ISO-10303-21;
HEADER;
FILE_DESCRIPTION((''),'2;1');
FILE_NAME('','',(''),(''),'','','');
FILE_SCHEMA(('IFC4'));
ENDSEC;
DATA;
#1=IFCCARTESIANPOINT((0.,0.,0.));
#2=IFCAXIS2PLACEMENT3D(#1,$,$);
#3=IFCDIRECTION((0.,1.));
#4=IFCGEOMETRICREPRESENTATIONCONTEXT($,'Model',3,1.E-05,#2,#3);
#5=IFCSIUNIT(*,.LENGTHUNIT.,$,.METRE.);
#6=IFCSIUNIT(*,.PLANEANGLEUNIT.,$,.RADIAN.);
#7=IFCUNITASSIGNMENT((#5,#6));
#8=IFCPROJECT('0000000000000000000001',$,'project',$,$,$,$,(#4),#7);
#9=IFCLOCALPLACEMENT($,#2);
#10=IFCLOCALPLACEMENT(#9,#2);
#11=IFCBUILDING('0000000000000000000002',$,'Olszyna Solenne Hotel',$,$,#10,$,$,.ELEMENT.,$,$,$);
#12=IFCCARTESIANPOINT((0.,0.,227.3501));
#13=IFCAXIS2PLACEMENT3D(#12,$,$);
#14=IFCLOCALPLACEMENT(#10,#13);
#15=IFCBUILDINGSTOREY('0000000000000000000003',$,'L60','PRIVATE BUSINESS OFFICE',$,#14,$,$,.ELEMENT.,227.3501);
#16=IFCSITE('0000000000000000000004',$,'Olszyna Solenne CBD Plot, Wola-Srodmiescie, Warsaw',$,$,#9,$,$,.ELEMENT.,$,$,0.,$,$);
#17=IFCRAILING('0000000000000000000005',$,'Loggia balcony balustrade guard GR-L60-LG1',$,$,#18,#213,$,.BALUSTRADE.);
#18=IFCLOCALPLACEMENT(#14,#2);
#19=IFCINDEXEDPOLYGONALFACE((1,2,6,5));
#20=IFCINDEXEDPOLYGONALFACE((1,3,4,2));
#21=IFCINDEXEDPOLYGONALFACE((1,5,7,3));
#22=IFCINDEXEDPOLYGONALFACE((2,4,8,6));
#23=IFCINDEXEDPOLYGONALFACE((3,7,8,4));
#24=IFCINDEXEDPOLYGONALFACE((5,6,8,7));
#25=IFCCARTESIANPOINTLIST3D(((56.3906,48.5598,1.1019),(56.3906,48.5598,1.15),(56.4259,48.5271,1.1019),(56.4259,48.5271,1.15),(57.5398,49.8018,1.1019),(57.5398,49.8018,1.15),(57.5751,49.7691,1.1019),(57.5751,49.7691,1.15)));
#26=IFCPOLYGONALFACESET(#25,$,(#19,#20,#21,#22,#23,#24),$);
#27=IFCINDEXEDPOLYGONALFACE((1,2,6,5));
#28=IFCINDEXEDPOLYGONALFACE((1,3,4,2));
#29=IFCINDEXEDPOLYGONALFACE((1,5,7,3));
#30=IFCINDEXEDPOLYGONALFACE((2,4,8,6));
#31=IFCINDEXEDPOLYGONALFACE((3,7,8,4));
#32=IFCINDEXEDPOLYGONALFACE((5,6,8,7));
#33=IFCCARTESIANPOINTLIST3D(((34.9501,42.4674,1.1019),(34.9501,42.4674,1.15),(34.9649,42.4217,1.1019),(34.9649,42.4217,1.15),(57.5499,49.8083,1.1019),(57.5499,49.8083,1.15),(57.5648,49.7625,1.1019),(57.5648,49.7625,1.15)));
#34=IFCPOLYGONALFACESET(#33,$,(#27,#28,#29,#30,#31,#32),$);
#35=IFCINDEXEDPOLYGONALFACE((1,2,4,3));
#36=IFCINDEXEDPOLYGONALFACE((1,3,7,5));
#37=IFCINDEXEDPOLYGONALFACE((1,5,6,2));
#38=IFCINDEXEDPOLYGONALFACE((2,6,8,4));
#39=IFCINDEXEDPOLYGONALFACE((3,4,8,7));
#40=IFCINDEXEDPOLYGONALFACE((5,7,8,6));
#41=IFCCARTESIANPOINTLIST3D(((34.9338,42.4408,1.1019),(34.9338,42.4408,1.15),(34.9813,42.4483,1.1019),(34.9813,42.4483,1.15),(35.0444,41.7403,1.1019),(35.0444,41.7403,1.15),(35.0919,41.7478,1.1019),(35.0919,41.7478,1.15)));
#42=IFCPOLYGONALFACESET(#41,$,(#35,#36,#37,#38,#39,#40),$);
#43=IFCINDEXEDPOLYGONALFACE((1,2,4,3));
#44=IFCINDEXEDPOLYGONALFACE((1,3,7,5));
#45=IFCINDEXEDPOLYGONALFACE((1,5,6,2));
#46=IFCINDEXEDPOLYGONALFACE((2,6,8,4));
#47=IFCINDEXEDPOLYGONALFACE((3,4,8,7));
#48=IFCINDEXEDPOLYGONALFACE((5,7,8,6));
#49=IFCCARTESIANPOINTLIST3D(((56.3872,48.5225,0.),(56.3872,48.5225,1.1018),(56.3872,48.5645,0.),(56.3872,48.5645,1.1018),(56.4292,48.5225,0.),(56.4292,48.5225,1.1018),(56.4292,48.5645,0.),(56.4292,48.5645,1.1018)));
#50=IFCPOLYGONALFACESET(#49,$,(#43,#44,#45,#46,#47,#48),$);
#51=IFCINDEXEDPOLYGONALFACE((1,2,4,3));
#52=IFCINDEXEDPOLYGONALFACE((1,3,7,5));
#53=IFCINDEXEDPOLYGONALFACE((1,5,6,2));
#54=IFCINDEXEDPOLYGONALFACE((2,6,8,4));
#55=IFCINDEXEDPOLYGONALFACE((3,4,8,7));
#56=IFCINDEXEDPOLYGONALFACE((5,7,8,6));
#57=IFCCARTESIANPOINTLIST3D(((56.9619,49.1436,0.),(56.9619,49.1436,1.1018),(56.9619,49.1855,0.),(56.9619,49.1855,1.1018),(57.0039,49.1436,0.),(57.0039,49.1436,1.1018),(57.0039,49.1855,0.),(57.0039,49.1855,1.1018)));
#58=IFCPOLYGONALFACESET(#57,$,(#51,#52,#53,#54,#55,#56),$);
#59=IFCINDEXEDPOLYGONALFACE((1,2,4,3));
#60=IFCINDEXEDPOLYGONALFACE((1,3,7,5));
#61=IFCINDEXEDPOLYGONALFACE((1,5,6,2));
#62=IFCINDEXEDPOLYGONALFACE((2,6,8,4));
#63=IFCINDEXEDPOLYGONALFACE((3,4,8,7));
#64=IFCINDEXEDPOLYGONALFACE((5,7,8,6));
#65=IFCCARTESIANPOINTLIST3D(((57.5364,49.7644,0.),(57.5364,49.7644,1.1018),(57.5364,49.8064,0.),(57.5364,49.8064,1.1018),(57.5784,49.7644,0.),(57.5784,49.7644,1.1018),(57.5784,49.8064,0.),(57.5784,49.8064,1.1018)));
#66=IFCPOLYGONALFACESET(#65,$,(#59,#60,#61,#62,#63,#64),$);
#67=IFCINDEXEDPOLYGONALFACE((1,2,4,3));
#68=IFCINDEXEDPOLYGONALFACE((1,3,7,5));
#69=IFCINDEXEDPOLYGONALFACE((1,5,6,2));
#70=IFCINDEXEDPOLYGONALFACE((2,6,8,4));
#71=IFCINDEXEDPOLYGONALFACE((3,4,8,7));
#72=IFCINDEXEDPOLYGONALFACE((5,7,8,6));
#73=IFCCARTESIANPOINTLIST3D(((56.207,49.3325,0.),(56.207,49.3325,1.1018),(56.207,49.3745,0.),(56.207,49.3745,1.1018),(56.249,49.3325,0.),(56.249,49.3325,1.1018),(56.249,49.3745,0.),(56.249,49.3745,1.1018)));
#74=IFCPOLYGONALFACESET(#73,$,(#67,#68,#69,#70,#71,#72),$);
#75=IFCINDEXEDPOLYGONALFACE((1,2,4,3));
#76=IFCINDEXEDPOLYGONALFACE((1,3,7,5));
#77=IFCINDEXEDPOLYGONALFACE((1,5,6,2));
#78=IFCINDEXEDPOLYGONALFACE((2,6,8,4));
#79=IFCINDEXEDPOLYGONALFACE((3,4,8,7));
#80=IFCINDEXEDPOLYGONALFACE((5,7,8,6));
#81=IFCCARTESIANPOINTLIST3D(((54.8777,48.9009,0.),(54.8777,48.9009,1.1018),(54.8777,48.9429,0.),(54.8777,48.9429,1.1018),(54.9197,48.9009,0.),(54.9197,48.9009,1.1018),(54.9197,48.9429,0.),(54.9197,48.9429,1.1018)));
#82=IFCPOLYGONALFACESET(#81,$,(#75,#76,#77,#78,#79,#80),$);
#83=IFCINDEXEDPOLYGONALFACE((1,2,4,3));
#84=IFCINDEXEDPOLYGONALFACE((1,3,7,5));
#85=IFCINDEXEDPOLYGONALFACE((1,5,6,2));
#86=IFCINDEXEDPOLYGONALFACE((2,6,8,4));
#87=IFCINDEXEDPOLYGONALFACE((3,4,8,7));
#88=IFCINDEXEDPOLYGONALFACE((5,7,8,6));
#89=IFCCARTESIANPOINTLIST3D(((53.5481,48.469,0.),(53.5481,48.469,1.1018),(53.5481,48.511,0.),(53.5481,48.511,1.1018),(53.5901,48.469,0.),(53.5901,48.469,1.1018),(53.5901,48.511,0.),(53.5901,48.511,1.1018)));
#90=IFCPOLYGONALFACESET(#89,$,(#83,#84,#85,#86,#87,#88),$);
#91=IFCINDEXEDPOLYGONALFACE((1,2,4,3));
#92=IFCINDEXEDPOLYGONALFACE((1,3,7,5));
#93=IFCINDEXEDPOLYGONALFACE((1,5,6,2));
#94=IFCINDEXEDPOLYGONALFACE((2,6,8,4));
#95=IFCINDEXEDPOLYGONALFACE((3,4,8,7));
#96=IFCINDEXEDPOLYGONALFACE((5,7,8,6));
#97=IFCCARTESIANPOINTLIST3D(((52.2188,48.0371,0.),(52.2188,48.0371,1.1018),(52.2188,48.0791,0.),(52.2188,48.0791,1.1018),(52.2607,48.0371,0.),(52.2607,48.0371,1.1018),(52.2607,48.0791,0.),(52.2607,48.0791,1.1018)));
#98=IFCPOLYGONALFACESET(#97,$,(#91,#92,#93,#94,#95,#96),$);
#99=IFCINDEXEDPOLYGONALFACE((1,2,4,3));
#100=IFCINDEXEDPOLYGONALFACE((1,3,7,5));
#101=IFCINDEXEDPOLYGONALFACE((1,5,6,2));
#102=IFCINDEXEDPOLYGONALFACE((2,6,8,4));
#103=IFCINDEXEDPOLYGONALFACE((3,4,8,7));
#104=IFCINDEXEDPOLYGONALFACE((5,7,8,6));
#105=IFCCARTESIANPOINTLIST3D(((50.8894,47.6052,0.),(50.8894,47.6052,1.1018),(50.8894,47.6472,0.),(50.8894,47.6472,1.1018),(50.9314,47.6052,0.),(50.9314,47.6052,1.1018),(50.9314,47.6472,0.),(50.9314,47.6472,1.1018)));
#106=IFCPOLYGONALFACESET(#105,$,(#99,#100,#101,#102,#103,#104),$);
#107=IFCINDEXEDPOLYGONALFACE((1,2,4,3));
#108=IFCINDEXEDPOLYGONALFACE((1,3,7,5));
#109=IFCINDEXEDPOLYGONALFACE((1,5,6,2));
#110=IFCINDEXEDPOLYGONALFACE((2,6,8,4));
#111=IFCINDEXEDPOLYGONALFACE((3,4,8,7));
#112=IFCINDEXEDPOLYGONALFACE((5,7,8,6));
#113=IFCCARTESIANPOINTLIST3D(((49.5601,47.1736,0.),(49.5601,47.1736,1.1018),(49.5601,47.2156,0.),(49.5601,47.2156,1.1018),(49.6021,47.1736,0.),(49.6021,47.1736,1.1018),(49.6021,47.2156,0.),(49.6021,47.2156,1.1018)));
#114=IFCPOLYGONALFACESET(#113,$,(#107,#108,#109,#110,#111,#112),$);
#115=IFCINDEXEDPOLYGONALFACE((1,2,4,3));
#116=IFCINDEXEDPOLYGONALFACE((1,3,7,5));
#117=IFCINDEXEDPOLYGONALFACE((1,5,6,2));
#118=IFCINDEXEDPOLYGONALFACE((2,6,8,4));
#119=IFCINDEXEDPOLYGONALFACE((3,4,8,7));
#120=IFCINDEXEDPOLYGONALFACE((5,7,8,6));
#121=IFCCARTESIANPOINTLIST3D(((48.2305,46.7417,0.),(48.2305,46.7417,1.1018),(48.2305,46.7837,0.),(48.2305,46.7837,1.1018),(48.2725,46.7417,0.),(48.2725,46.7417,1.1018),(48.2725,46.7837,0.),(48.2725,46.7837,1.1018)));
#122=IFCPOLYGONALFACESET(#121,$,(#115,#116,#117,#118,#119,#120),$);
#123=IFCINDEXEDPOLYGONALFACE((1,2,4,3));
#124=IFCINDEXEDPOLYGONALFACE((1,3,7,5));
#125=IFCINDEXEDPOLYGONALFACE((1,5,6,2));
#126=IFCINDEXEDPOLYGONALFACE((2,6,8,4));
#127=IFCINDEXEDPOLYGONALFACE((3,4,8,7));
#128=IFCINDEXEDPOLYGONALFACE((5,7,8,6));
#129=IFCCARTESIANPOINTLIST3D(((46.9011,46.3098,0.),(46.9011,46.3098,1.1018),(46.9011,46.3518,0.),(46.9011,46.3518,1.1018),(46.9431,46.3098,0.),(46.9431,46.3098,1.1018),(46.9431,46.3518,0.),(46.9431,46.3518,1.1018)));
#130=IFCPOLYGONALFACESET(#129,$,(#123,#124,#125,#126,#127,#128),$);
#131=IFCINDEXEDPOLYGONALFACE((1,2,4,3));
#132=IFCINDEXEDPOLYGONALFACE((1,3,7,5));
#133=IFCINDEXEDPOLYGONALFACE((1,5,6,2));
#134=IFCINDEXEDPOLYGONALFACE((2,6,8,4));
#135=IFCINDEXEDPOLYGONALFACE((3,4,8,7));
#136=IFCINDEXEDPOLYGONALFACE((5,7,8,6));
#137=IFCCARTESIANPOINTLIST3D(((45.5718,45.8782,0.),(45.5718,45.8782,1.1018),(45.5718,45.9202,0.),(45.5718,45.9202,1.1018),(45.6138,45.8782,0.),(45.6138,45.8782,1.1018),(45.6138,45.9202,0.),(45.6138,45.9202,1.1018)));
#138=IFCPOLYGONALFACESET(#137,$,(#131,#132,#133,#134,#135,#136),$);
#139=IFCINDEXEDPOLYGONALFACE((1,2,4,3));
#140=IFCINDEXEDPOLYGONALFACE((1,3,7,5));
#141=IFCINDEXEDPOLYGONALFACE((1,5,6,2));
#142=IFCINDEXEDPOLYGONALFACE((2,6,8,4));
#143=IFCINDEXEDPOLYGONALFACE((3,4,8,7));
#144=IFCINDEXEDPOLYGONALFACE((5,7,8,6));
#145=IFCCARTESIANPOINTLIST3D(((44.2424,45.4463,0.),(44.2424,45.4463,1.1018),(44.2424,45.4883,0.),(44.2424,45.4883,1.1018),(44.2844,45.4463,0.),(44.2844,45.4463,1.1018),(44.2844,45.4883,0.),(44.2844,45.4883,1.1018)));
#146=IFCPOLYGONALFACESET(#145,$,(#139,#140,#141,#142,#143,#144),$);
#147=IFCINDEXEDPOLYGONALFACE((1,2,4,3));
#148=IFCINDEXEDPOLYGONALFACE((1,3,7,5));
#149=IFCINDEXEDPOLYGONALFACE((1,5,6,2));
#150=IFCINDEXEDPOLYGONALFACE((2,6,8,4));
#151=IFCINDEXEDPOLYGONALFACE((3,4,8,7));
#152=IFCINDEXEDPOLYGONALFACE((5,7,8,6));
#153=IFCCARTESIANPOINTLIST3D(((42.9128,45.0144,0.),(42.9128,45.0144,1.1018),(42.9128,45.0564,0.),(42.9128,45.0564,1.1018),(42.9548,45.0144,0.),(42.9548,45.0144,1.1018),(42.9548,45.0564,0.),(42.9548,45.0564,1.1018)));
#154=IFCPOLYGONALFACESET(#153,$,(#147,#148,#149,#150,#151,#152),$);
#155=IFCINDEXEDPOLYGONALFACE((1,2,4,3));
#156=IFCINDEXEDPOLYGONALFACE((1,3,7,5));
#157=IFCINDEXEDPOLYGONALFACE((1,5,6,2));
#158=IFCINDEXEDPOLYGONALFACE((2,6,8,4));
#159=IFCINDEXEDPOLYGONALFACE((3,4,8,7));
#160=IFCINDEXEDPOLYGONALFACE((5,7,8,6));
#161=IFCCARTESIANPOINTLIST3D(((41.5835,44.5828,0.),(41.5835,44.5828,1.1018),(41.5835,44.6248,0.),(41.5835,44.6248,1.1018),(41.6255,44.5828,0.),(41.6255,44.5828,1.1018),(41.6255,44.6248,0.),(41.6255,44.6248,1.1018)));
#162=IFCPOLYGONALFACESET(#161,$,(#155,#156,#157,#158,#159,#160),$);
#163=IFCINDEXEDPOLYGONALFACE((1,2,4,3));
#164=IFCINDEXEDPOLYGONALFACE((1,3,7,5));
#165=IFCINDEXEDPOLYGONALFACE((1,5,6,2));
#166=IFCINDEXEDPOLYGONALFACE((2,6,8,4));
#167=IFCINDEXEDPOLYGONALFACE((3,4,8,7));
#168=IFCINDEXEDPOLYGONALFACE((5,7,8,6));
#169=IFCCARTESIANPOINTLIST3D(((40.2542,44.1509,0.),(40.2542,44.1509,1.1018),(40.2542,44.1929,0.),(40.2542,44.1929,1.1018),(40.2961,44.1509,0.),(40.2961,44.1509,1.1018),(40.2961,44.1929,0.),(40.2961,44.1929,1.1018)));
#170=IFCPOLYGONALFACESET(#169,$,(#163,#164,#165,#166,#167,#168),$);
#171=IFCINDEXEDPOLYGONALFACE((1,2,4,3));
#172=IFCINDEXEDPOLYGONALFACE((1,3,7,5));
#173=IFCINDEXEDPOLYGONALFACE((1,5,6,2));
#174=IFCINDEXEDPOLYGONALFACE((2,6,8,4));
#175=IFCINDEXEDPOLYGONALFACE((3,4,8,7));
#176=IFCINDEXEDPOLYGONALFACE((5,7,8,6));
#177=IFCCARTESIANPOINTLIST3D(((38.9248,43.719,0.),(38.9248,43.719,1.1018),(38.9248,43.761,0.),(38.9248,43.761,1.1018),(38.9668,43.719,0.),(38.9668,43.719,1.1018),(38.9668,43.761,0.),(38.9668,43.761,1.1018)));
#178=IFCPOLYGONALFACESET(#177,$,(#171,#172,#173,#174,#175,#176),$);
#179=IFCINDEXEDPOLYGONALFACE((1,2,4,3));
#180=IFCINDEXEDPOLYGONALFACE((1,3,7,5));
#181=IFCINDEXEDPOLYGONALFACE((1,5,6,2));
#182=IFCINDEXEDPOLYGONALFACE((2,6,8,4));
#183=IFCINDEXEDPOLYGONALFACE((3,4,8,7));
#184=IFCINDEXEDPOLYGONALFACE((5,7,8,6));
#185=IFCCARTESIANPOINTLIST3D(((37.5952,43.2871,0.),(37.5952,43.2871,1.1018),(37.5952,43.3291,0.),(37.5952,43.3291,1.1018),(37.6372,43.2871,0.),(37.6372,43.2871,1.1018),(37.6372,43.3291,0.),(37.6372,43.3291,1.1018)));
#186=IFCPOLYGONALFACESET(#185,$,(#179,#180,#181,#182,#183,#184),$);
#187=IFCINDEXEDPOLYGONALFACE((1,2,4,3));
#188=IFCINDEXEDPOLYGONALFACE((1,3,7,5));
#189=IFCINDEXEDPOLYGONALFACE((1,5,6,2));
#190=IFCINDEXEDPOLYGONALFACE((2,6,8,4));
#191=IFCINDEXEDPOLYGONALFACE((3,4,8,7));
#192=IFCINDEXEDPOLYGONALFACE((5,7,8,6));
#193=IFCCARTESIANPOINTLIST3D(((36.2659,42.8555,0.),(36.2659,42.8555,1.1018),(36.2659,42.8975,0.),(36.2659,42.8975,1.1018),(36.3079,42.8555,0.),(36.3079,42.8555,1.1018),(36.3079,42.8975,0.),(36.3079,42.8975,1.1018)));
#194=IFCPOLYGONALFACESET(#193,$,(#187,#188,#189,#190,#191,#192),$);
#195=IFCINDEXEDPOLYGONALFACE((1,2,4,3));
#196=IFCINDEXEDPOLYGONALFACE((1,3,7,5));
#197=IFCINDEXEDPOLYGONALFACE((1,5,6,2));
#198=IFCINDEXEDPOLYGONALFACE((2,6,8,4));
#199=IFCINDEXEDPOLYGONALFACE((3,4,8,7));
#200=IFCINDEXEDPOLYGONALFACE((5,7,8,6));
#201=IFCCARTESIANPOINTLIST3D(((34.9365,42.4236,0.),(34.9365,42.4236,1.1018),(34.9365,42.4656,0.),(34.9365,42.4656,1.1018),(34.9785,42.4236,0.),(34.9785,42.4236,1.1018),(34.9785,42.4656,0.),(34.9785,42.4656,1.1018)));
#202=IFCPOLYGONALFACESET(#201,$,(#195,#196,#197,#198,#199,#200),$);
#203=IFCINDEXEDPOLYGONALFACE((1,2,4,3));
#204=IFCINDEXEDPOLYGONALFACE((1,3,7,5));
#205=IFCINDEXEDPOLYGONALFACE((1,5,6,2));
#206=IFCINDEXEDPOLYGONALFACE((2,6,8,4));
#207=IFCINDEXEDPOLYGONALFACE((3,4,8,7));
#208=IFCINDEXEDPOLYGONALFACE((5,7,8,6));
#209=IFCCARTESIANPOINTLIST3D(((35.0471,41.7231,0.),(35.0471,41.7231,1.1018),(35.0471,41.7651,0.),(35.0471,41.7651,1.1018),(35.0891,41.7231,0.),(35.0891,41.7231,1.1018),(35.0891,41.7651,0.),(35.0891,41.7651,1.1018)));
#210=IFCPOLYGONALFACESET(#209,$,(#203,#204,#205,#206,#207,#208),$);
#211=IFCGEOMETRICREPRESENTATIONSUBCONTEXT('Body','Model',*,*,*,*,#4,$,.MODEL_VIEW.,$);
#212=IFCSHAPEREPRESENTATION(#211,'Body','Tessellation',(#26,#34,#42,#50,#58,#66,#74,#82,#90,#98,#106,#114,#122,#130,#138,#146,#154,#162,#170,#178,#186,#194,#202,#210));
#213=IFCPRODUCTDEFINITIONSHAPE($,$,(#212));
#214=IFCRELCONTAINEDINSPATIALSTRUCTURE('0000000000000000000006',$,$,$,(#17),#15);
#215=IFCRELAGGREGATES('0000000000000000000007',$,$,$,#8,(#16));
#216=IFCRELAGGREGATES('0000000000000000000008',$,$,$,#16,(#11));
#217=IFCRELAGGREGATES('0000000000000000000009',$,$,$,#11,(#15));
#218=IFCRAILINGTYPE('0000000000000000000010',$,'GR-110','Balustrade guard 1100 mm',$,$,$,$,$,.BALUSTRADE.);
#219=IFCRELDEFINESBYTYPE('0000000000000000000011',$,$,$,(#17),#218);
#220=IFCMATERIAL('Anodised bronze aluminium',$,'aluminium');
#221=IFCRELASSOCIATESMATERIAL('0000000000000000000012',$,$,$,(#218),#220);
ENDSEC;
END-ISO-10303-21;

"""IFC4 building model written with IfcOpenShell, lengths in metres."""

from ifc_helpers import new_model, si_unit, direction, frame, origin, origin_2d, place, context, subcontext, project, spatial, rectangle, extrude, material, type_object, element, save


model = new_model("IFC4")

# Units and contexts
model_context = context("Model", 3, precision=1e-05, world=origin(), true_north=direction((0.0, 1.0)))
body_context = subcontext(model_context, "Body", "Model", "MODEL_VIEW")
ifc_project = project(units=[si_unit("LENGTHUNIT", "METRE"), si_unit("PLANEANGLEUNIT", "RADIAN")], contexts=[model_context])

# Site, building, storey
site_placement = place(None, origin())
site = spatial("IfcSite", under=ifc_project, at=site_placement, Name="Olszyna Solenne CBD Plot, Wola-Srodmiescie, Warsaw", CompositionType="ELEMENT", RefElevation=0.0)
building_placement = place(site_placement, origin())
building = spatial("IfcBuilding", under=site, at=building_placement, Name="Olszyna Solenne Hotel", CompositionType="ELEMENT")
storey_placement = place(building_placement, frame((0.0, 0.0, 227.3501)))
storey = spatial("IfcBuildingStorey", under=building, at=storey_placement, Name="L60", Description="PRIVATE BUSINESS OFFICE", CompositionType="ELEMENT", Elevation=227.3501)

# Railing
ifc_material_1 = material(Name="Anodised bronze aluminium", Category="aluminium")
railing_type = type_object("IfcRailingType", Name="GR-110", Description="Balustrade guard 1100 mm", PredefinedType="BALUSTRADE", material=ifc_material_1)
railing_placement = place(storey_placement, frame((56.4082, 48.5435, 0.0)))
element("IfcRailing", 1, at=railing_placement, inside=storey, type_object=railing_type, Name="Loggia balcony balustrade guard GR-L60-LG1", PredefinedType="BALUSTRADE", context=body_context, shape_type="SweptSolid", body=[
    extrude(rectangle(XDim=0.0481, YDim=0.0481, at=origin_2d()), frame((0.0, 0.0, 1.126), z_axis=(0.679161, 0.73399, 0.0), x_axis=(-0.73399, 0.679161, 0.0)), (0.0, 0.0, 1.0), 1.6921),
    extrude(rectangle(XDim=0.0481, YDim=0.0481, at=origin_2d()), frame((1.1492, 1.2419, 1.126), z_axis=(-0.951085, -0.308929, 0.0), x_axis=(0.308929, -0.951085, 0.0)), (0.0, 0.0, 1.0), 23.7622),
    extrude(rectangle(XDim=0.0481, YDim=0.0481, at=origin_2d()), frame((-21.4507, -6.0989, 1.126), z_axis=(0.155963, -0.987763, 0.0), x_axis=(0.987763, 0.155963, 0.0)), (0.0, 0.0, 1.0), 0.7092),
    extrude(rectangle(XDim=0.042, YDim=0.042, at=origin_2d()), origin(), (0.0, 0.0, 1.0), 1.1018),
    extrude(rectangle(XDim=0.042, YDim=0.042, at=origin_2d()), frame((0.5747, 0.6211, 0.0)), (0.0, 0.0, 1.0), 1.1018),
    extrude(rectangle(XDim=0.042, YDim=0.042, at=origin_2d()), frame((1.1492, 1.2419, 0.0)), (0.0, 0.0, 1.0), 1.1018),
    extrude(rectangle(XDim=0.042, YDim=0.042, at=origin_2d()), frame((-0.1802, 0.8101, 0.0)), (0.0, 0.0, 1.0), 1.1018),
    extrude(rectangle(XDim=0.042, YDim=0.042, at=origin_2d()), frame((-1.5095, 0.3784, 0.0)), (0.0, 0.0, 1.0), 1.1018),
    extrude(rectangle(XDim=0.042, YDim=0.042, at=origin_2d()), frame((-2.8391, -0.0535, 0.0)), (0.0, 0.0, 1.0), 1.1018),
    extrude(rectangle(XDim=0.042, YDim=0.042, at=origin_2d()), frame((-4.1685, -0.4854, 0.0)), (0.0, 0.0, 1.0), 1.1018),
    extrude(rectangle(XDim=0.042, YDim=0.042, at=origin_2d()), frame((-5.4978, -0.9172, 0.0)), (0.0, 0.0, 1.0), 1.1018),
    extrude(rectangle(XDim=0.042, YDim=0.042, at=origin_2d()), frame((-6.8271, -1.3489, 0.0)), (0.0, 0.0, 1.0), 1.1018),
    extrude(rectangle(XDim=0.042, YDim=0.042, at=origin_2d()), frame((-8.1567, -1.7808, 0.0)), (0.0, 0.0, 1.0), 1.1018),
    extrude(rectangle(XDim=0.042, YDim=0.042, at=origin_2d()), frame((-9.4861, -2.2126, 0.0)), (0.0, 0.0, 1.0), 1.1018),
    extrude(rectangle(XDim=0.042, YDim=0.042, at=origin_2d()), frame((-10.8154, -2.6443, 0.0)), (0.0, 0.0, 1.0), 1.1018),
    extrude(rectangle(XDim=0.042, YDim=0.042, at=origin_2d()), frame((-12.1448, -3.0762, 0.0)), (0.0, 0.0, 1.0), 1.1018),
    extrude(rectangle(XDim=0.042, YDim=0.042, at=origin_2d()), frame((-13.4744, -3.5081, 0.0)), (0.0, 0.0, 1.0), 1.1018),
    extrude(rectangle(XDim=0.042, YDim=0.042, at=origin_2d()), frame((-14.8037, -3.9397, 0.0)), (0.0, 0.0, 1.0), 1.1018),
    extrude(rectangle(XDim=0.042, YDim=0.042, at=origin_2d()), frame((-16.1331, -4.3716, 0.0)), (0.0, 0.0, 1.0), 1.1018),
    extrude(rectangle(XDim=0.042, YDim=0.042, at=origin_2d()), frame((-17.4624, -4.8035, 0.0)), (0.0, 0.0, 1.0), 1.1018),
    extrude(rectangle(XDim=0.042, YDim=0.042, at=origin_2d()), frame((-18.792, -5.2354, 0.0)), (0.0, 0.0, 1.0), 1.1018),
    extrude(rectangle(XDim=0.042, YDim=0.042, at=origin_2d()), frame((-20.1213, -5.667, 0.0)), (0.0, 0.0, 1.0), 1.1018),
    extrude(rectangle(XDim=0.042, YDim=0.042, at=origin_2d()), frame((-21.4507, -6.0989, 0.0)), (0.0, 0.0, 1.0), 1.1018),
    extrude(rectangle(XDim=0.042, YDim=0.042, at=origin_2d()), frame((-21.3401, -6.7993, 0.0)), (0.0, 0.0, 1.0), 1.1018),
])

save(model, "model.ifc")
